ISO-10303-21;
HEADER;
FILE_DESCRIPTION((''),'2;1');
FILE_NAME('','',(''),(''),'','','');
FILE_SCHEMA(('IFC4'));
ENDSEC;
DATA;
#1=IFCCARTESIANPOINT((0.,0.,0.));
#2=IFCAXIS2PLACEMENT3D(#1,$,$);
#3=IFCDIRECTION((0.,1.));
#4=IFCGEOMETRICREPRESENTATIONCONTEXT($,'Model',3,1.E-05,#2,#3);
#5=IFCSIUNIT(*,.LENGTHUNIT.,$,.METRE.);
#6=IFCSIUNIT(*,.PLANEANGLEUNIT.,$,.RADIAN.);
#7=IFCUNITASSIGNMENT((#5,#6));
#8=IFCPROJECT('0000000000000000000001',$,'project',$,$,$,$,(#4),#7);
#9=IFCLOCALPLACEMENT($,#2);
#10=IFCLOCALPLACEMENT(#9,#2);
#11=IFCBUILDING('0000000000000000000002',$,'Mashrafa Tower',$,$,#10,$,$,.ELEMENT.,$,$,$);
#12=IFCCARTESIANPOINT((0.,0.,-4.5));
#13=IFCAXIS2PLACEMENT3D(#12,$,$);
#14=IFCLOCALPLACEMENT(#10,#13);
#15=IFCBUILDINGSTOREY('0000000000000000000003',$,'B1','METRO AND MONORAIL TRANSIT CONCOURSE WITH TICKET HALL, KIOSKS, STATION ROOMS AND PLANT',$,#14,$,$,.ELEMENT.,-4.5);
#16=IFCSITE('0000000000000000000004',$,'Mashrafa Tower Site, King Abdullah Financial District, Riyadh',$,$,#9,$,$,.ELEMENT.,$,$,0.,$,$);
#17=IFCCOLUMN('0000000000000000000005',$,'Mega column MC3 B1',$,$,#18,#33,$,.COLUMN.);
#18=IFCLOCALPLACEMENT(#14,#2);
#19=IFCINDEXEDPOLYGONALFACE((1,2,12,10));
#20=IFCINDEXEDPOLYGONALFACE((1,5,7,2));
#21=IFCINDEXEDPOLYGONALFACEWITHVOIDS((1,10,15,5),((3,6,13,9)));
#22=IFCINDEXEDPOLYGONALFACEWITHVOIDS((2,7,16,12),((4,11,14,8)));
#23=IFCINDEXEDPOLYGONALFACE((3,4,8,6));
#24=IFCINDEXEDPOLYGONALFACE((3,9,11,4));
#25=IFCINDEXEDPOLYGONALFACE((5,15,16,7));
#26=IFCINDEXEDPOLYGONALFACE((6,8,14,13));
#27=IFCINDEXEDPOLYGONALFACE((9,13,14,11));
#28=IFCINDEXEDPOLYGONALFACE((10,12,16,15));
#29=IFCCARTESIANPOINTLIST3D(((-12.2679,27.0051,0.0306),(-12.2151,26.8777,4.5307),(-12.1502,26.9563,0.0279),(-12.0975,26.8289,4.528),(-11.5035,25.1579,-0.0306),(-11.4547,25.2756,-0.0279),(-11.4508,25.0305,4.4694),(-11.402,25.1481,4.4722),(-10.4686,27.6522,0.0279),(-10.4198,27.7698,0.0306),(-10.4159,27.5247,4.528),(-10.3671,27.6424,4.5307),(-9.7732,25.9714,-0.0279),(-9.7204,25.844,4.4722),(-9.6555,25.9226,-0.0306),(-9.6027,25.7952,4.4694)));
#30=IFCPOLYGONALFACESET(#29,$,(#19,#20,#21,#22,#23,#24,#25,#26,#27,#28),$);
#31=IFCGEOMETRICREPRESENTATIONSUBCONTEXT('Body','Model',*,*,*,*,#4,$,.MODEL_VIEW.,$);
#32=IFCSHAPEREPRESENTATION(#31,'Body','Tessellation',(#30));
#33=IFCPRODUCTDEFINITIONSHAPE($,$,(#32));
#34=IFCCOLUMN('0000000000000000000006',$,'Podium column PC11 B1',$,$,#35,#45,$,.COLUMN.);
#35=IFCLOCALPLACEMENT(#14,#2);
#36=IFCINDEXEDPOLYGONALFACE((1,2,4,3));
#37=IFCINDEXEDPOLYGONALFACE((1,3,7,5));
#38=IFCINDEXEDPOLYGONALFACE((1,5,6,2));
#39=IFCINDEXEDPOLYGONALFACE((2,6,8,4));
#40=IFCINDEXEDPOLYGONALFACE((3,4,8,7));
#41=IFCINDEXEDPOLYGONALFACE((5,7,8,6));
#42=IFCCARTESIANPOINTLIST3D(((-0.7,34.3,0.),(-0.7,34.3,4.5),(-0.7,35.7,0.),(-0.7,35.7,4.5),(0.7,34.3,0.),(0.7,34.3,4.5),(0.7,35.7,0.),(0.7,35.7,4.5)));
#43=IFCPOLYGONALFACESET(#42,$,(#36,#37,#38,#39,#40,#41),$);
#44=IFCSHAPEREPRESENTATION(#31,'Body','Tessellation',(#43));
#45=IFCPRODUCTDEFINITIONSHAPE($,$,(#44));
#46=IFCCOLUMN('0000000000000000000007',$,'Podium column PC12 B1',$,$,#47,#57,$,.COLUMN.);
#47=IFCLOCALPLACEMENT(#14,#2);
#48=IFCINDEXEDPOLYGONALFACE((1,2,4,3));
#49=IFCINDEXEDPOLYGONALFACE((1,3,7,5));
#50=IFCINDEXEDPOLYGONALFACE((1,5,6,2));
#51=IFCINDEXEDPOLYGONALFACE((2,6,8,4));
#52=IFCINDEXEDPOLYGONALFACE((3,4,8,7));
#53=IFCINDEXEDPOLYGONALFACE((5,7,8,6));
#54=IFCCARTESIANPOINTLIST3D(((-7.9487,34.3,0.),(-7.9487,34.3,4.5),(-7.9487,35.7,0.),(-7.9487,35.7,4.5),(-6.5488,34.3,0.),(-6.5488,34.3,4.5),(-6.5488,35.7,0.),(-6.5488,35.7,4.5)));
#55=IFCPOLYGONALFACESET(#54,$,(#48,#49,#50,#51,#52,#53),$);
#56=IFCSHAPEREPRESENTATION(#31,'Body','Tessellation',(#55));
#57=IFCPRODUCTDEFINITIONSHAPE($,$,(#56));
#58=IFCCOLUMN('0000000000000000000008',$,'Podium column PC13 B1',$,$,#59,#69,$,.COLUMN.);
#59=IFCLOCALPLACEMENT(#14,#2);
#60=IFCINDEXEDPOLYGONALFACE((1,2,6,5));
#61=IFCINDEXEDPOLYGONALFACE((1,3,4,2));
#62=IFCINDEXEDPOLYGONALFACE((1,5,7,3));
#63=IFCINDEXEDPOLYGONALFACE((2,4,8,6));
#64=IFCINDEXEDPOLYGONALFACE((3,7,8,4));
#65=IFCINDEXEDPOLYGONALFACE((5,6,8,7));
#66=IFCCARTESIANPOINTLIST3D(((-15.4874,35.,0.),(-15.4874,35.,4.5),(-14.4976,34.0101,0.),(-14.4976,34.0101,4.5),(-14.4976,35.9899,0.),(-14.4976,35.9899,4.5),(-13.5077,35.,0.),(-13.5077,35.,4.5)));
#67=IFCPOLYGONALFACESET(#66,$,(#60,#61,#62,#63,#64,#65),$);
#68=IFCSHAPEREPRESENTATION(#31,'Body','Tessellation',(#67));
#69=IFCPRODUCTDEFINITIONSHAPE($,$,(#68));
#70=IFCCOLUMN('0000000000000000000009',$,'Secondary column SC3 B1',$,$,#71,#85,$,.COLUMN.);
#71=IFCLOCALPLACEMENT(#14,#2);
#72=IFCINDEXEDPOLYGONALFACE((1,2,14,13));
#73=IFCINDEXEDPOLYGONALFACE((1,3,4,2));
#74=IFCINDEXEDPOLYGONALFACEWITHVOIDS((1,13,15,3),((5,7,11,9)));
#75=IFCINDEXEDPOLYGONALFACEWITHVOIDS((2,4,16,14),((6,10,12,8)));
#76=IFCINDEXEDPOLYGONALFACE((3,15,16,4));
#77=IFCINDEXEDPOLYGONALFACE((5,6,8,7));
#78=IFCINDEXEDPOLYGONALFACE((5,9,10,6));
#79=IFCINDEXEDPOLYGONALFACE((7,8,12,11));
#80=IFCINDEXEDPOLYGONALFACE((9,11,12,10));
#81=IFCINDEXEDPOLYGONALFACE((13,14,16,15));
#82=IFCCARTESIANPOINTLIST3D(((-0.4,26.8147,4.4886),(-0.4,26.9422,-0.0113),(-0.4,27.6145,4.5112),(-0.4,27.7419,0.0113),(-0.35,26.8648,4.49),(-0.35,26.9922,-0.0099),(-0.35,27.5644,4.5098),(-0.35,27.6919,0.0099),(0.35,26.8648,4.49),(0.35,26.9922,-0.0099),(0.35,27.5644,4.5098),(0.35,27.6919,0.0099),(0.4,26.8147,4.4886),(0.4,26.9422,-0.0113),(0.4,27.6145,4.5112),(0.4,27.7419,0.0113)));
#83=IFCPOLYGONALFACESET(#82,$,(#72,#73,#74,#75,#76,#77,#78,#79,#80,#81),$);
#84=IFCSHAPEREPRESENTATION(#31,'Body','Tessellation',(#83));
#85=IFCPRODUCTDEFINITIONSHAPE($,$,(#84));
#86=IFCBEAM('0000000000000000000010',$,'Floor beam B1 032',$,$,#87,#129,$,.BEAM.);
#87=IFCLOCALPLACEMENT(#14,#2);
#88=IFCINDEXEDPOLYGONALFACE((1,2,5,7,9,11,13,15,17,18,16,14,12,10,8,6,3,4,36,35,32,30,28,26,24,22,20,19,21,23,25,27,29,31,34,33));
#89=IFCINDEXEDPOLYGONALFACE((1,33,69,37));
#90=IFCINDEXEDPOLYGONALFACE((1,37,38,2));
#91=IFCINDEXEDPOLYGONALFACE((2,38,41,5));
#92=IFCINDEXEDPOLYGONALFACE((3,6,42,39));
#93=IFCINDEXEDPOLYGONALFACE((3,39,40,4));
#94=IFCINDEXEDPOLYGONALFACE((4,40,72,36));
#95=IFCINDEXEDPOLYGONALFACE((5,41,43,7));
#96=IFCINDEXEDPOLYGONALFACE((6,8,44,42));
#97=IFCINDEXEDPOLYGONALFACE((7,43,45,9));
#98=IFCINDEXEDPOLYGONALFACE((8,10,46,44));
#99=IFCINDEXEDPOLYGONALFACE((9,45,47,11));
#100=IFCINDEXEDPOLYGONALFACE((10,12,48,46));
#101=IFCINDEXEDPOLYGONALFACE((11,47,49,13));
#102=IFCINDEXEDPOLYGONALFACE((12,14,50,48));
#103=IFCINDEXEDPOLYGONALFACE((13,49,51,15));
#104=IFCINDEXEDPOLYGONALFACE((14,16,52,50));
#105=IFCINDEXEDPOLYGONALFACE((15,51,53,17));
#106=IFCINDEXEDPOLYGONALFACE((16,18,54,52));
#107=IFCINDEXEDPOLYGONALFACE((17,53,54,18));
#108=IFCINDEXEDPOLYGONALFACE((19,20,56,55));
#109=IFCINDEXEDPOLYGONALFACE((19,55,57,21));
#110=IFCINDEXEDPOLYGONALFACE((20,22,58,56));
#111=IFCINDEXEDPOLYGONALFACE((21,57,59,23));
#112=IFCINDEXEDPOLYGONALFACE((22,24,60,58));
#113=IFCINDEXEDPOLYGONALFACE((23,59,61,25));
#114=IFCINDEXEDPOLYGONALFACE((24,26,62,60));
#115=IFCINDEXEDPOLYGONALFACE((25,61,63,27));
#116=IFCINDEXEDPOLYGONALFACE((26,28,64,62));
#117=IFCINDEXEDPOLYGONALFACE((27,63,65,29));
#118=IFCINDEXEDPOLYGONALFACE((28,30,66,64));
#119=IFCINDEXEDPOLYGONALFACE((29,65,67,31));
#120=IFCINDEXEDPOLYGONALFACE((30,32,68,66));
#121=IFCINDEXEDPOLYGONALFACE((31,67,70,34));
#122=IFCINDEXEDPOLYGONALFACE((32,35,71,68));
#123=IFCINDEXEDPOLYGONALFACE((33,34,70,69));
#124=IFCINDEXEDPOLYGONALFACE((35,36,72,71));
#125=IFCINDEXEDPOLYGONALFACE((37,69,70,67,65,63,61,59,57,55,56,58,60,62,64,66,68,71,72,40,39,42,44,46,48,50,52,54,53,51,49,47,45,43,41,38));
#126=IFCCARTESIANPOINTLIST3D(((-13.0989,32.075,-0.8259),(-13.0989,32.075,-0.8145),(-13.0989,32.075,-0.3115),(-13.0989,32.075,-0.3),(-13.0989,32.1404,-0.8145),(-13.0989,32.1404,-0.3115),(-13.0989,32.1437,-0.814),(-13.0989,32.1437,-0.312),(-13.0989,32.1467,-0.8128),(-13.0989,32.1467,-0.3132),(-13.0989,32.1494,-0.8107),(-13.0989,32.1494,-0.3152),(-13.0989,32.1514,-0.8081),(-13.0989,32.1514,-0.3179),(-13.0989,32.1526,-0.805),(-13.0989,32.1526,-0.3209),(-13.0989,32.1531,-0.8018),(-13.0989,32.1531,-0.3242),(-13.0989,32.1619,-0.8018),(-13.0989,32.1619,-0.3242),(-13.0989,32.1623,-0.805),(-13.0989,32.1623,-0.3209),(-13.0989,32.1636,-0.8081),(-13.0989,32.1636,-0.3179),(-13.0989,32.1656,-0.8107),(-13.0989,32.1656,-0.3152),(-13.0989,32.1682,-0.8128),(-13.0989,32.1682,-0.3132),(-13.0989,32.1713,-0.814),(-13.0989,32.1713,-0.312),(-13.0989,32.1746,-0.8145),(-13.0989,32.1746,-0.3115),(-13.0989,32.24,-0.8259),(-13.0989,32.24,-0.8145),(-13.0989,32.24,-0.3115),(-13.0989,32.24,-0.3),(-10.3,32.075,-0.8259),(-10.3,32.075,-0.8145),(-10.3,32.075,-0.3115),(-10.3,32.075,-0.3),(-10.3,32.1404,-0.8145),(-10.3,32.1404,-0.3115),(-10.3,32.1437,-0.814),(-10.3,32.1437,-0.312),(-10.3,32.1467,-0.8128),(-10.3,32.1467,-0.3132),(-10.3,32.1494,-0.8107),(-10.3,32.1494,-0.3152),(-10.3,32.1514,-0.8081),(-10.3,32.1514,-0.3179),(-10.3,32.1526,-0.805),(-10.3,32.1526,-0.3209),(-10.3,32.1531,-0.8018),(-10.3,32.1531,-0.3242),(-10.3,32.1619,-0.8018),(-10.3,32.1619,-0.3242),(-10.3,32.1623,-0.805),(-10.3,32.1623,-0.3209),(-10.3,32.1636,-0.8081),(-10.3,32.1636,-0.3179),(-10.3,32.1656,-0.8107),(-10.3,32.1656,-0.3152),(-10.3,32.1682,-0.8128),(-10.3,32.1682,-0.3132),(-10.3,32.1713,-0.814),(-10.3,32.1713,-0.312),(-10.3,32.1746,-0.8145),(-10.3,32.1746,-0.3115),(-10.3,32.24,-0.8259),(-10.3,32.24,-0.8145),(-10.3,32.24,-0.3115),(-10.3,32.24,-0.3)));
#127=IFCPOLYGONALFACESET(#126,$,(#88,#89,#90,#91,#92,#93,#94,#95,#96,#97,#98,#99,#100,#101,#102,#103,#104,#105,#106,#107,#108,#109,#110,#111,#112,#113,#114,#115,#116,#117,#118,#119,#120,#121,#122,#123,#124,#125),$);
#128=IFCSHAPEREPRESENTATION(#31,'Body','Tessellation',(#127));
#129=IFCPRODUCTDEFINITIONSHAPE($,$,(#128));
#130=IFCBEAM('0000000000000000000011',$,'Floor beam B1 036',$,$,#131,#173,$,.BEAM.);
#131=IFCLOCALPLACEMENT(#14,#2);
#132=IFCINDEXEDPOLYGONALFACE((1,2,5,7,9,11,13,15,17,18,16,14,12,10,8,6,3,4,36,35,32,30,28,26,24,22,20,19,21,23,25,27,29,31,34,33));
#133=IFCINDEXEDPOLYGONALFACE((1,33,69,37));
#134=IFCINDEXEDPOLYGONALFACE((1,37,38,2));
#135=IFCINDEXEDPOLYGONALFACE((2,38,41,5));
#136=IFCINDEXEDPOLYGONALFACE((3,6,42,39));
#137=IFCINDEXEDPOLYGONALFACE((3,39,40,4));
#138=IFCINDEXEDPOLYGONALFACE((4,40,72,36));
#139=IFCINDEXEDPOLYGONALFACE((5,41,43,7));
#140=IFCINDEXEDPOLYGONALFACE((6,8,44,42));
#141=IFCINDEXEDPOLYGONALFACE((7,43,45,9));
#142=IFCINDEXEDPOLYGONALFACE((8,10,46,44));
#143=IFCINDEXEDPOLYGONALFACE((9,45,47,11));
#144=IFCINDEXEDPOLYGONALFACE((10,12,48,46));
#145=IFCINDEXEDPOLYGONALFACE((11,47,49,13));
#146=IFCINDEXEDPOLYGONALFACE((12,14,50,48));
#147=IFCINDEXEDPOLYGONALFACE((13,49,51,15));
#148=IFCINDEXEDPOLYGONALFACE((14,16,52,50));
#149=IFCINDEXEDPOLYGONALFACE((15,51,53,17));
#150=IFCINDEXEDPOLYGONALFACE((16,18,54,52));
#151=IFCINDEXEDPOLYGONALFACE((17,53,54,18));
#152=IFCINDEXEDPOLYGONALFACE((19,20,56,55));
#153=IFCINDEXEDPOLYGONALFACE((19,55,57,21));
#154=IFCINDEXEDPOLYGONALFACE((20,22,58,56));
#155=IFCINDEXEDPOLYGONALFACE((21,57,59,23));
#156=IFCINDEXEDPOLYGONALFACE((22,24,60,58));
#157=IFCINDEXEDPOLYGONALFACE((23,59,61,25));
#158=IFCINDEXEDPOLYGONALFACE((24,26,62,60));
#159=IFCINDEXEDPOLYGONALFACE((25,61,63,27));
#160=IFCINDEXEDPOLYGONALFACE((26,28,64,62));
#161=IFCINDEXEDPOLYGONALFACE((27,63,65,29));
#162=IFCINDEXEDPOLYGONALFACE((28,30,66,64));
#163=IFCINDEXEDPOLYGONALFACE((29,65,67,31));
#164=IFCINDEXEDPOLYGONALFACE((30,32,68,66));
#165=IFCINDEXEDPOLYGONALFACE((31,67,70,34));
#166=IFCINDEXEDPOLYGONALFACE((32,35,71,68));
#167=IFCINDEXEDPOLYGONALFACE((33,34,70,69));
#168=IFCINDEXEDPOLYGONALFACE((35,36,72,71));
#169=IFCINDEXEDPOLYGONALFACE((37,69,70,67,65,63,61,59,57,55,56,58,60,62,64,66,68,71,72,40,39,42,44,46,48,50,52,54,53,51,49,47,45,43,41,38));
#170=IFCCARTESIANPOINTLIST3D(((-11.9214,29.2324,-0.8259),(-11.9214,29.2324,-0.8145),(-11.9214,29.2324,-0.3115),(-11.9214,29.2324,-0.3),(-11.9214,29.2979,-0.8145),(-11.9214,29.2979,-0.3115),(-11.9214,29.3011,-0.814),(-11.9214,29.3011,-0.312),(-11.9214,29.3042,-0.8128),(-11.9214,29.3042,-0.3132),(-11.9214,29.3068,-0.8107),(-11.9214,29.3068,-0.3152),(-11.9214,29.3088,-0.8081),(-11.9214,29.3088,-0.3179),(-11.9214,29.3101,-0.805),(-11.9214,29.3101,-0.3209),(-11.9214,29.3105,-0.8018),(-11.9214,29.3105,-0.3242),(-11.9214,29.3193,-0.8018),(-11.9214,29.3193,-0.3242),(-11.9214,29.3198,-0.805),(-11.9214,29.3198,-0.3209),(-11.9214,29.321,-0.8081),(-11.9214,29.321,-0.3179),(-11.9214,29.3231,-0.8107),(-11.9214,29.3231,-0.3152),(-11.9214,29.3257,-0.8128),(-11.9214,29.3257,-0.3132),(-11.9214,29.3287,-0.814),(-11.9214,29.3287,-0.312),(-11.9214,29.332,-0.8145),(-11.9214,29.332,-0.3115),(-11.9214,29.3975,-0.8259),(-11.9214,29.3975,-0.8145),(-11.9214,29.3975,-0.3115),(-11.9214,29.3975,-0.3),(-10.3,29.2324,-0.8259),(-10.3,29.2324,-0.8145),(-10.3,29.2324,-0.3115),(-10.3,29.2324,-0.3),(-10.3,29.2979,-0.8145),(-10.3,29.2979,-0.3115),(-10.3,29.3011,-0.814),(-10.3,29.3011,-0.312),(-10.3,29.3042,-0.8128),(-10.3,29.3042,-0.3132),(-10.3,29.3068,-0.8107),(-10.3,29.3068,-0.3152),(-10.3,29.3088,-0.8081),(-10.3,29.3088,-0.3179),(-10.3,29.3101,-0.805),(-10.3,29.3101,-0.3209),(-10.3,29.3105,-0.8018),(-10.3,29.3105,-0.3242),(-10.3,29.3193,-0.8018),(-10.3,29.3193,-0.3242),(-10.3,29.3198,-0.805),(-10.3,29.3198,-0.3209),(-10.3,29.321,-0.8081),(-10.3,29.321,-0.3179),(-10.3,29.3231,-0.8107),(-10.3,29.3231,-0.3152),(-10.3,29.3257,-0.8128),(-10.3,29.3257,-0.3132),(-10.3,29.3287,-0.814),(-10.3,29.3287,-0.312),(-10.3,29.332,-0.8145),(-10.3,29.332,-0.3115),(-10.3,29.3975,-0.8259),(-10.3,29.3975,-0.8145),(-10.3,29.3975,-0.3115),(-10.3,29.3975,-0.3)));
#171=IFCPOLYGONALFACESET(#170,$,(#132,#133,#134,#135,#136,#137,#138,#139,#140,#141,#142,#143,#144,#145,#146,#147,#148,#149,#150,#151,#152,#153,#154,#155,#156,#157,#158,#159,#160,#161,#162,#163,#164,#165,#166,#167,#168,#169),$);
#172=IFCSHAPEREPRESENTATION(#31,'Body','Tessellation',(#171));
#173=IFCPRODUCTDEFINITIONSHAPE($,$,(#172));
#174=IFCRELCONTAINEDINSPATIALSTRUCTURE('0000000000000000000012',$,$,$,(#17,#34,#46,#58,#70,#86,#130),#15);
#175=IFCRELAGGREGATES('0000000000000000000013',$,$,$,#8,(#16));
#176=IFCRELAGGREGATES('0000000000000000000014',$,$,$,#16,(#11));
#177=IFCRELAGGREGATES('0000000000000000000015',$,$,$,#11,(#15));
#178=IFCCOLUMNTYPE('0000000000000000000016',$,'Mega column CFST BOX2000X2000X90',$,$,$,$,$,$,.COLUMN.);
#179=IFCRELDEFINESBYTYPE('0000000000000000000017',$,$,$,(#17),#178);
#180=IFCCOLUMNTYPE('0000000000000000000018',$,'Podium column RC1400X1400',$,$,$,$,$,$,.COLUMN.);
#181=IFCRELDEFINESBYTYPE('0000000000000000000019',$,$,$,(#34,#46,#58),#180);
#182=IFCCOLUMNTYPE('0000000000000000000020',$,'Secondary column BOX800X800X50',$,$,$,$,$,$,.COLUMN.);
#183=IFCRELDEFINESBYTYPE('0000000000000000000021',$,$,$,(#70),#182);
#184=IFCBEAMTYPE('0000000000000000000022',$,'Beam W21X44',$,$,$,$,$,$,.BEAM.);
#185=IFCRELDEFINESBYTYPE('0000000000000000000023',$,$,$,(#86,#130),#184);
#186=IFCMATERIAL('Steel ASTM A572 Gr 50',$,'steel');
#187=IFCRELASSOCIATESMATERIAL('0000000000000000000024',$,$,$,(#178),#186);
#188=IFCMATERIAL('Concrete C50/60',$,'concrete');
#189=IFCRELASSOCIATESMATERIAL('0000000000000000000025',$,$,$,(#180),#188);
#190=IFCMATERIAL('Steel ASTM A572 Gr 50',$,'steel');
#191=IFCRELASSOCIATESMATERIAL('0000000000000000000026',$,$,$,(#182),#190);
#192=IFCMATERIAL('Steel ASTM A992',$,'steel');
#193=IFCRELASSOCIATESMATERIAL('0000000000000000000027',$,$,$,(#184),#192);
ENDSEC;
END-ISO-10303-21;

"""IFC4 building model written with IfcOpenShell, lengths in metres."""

from ifc_helpers import new_model, si_unit, direction, frame, origin, origin_2d, place, context, subcontext, project, spatial, rectangle, hollow_rectangle, i_section, extrude, material, material_profile, profile_set, type_object, element, save


model = new_model("IFC4")

# Units and contexts
model_context = context("Model", 3, precision=1e-05, world=origin(), true_north=direction((0.0, 1.0)))
body_context = subcontext(model_context, "Body", "Model", "MODEL_VIEW")
ifc_project = project(units=[si_unit("LENGTHUNIT", "METRE"), si_unit("PLANEANGLEUNIT", "RADIAN")], contexts=[model_context])

# Site, building, storey
site_placement = place(None, origin())
site = spatial("IfcSite", under=ifc_project, at=site_placement, Name="Mashrafa Tower Site, King Abdullah Financial District, Riyadh", CompositionType="ELEMENT", RefElevation=0.0)
building_placement = place(site_placement, origin())
building = spatial("IfcBuilding", under=site, at=building_placement, Name="Mashrafa Tower", CompositionType="ELEMENT")
storey_placement = place(building_placement, frame((0.0, 0.0, -4.5)))
storey = spatial("IfcBuildingStorey", under=building, at=storey_placement, Name="B1", Description="METRO AND MONORAIL TRANSIT CONCOURSE WITH TICKET HALL, KIOSKS, STATION ROOMS AND PLANT", CompositionType="ELEMENT", Elevation=-4.5)

# Columns
ifc_material_1 = material(Name="Steel ASTM A572 Gr 50", Category="steel")
ifc_material_profile_1 = material_profile(ifc_material_1, hollow_rectangle(XDim=2.0, YDim=2.0, WallThickness=0.0901, at=origin_2d()), Name="BOX2000X2000X90")
ifc_profile_set_1 = profile_set([ifc_material_profile_1], Name="Steel ASTM A572 Gr 50")
column_type_1 = type_object("IfcColumnType", Name="Mega column CFST BOX2000X2000X90", PredefinedType="COLUMN", material=ifc_profile_set_1)
column_1_placement = place(storey_placement, frame((-10.9617, 26.4639, 0.0), z_axis=(0.011713, -0.028307, 0.999531), x_axis=(0.924017, 0.382352, 0.0)))
element("IfcColumn", 1, at=column_1_placement, inside=storey, type_object=column_type_1, Name="Mega column MC3 B1", PredefinedType="COLUMN", context=body_context, shape_type="SweptSolid", body=[
    extrude(hollow_rectangle(XDim=2.0, YDim=2.0, WallThickness=0.0901, at=origin_2d()), origin(), (0.0, 0.0, 1.0), 4.5022),
])
ifc_material_2 = material(Name="Concrete C50/60", Category="concrete")
ifc_material_profile_2 = material_profile(ifc_material_2, rectangle(XDim=1.3999, YDim=1.3999, at=origin_2d()), Name="RC1400X1400")
ifc_profile_set_2 = profile_set([ifc_material_profile_2], Name="Concrete C50/60")
column_type_2 = type_object("IfcColumnType", Name="Podium column RC1400X1400", PredefinedType="COLUMN", material=ifc_profile_set_2)
for number, where, z_axis, x_axis, name in (
    (2, (0.0, 35.0, 0.0), (0.0, 0.0, 1.0), (1.0, 0.0, 0.0), "Podium column PC11 B1"),
    (3, (-7.2488, 35.0, 0.0), (0.0, 0.0, 1.0), (1.0, 0.0, 0.0), "Podium column PC12 B1"),
    (4, (-14.4976, 35.0, 0.0), (0.0, 0.0, 1.0), (0.707107, 0.707107, 0.0), "Podium column PC13 B1"),
):
    element("IfcColumn", number, at=place(storey_placement, frame(where, z_axis=z_axis, x_axis=x_axis)), inside=storey, type_object=column_type_2, Name=name, PredefinedType="COLUMN", context=body_context, shape_type="SweptSolid", body=[
        extrude(rectangle(XDim=1.3999, YDim=1.3999, at=origin_2d()), origin(), (0.0, 0.0, 1.0), 4.5),
    ])
ifc_material_3 = material(Name="Steel ASTM A572 Gr 50", Category="steel")
ifc_material_profile_3 = material_profile(ifc_material_3, hollow_rectangle(XDim=0.8, YDim=0.8, WallThickness=0.05, at=origin_2d()), Name="BOX800X800X50")
ifc_profile_set_3 = profile_set([ifc_material_profile_3], Name="Steel ASTM A572 Gr 50")
column_type_3 = type_object("IfcColumnType", Name="Secondary column BOX800X800X50", PredefinedType="COLUMN", material=ifc_profile_set_3)
column_2_placement = place(storey_placement, frame((0.0, 27.342, 0.0), z_axis=(0.0, -0.028309, 0.999599), x_axis=(1.0, 0.0, 0.0)))
element("IfcColumn", 5, at=column_2_placement, inside=storey, type_object=column_type_3, Name="Secondary column SC3 B1", PredefinedType="COLUMN", context=body_context, shape_type="SweptSolid", body=[
    extrude(hollow_rectangle(XDim=0.8, YDim=0.8, WallThickness=0.05, at=origin_2d()), origin(), (0.0, 0.0, 1.0), 4.5017),
])

# Beams
ifc_material_4 = material(Name="Steel ASTM A992", Category="steel")
ifc_material_profile_4 = material_profile(ifc_material_4, i_section(OverallWidth=0.165, OverallDepth=0.5259, WebThickness=0.0088, FlangeThickness=0.0115, FilletRadius=0.0127, at=origin_2d()), Name="W21X44")
ifc_profile_set_4 = profile_set([ifc_material_profile_4], Name="Steel ASTM A992")
beam_type_1 = type_object("IfcBeamType", Name="Beam W21X44", PredefinedType="BEAM", material=ifc_profile_set_4)
beam_1_placement = place(storey_placement, frame((-13.0989, 32.1575, -0.563), z_axis=(1.0, 0.0, 0.0), x_axis=(0.0, 1.0, 0.0)))
element("IfcBeam", 6, at=beam_1_placement, inside=storey, type_object=beam_type_1, Name="Floor beam B1 032", PredefinedType="BEAM", context=body_context, shape_type="SweptSolid", body=[
    extrude(i_section(OverallWidth=0.165, OverallDepth=0.5259, WebThickness=0.0088, FlangeThickness=0.0115, FilletRadius=0.0127, at=origin_2d()), origin(), (0.0, 0.0, 1.0), 2.7988),
])
beam_2_placement = place(storey_placement, frame((-11.9214, 29.3149, -0.563), z_axis=(1.0, 0.0, 0.0), x_axis=(0.0, 1.0, 0.0)))
element("IfcBeam", 7, at=beam_2_placement, inside=storey, type_object=beam_type_1, Name="Floor beam B1 036", PredefinedType="BEAM", context=body_context, shape_type="SweptSolid", body=[
    extrude(i_section(OverallWidth=0.165, OverallDepth=0.5259, WebThickness=0.0088, FlangeThickness=0.0115, FilletRadius=0.0127, at=origin_2d()), origin(), (0.0, 0.0, 1.0), 1.6213),
])

save(model, "model.ifc")
